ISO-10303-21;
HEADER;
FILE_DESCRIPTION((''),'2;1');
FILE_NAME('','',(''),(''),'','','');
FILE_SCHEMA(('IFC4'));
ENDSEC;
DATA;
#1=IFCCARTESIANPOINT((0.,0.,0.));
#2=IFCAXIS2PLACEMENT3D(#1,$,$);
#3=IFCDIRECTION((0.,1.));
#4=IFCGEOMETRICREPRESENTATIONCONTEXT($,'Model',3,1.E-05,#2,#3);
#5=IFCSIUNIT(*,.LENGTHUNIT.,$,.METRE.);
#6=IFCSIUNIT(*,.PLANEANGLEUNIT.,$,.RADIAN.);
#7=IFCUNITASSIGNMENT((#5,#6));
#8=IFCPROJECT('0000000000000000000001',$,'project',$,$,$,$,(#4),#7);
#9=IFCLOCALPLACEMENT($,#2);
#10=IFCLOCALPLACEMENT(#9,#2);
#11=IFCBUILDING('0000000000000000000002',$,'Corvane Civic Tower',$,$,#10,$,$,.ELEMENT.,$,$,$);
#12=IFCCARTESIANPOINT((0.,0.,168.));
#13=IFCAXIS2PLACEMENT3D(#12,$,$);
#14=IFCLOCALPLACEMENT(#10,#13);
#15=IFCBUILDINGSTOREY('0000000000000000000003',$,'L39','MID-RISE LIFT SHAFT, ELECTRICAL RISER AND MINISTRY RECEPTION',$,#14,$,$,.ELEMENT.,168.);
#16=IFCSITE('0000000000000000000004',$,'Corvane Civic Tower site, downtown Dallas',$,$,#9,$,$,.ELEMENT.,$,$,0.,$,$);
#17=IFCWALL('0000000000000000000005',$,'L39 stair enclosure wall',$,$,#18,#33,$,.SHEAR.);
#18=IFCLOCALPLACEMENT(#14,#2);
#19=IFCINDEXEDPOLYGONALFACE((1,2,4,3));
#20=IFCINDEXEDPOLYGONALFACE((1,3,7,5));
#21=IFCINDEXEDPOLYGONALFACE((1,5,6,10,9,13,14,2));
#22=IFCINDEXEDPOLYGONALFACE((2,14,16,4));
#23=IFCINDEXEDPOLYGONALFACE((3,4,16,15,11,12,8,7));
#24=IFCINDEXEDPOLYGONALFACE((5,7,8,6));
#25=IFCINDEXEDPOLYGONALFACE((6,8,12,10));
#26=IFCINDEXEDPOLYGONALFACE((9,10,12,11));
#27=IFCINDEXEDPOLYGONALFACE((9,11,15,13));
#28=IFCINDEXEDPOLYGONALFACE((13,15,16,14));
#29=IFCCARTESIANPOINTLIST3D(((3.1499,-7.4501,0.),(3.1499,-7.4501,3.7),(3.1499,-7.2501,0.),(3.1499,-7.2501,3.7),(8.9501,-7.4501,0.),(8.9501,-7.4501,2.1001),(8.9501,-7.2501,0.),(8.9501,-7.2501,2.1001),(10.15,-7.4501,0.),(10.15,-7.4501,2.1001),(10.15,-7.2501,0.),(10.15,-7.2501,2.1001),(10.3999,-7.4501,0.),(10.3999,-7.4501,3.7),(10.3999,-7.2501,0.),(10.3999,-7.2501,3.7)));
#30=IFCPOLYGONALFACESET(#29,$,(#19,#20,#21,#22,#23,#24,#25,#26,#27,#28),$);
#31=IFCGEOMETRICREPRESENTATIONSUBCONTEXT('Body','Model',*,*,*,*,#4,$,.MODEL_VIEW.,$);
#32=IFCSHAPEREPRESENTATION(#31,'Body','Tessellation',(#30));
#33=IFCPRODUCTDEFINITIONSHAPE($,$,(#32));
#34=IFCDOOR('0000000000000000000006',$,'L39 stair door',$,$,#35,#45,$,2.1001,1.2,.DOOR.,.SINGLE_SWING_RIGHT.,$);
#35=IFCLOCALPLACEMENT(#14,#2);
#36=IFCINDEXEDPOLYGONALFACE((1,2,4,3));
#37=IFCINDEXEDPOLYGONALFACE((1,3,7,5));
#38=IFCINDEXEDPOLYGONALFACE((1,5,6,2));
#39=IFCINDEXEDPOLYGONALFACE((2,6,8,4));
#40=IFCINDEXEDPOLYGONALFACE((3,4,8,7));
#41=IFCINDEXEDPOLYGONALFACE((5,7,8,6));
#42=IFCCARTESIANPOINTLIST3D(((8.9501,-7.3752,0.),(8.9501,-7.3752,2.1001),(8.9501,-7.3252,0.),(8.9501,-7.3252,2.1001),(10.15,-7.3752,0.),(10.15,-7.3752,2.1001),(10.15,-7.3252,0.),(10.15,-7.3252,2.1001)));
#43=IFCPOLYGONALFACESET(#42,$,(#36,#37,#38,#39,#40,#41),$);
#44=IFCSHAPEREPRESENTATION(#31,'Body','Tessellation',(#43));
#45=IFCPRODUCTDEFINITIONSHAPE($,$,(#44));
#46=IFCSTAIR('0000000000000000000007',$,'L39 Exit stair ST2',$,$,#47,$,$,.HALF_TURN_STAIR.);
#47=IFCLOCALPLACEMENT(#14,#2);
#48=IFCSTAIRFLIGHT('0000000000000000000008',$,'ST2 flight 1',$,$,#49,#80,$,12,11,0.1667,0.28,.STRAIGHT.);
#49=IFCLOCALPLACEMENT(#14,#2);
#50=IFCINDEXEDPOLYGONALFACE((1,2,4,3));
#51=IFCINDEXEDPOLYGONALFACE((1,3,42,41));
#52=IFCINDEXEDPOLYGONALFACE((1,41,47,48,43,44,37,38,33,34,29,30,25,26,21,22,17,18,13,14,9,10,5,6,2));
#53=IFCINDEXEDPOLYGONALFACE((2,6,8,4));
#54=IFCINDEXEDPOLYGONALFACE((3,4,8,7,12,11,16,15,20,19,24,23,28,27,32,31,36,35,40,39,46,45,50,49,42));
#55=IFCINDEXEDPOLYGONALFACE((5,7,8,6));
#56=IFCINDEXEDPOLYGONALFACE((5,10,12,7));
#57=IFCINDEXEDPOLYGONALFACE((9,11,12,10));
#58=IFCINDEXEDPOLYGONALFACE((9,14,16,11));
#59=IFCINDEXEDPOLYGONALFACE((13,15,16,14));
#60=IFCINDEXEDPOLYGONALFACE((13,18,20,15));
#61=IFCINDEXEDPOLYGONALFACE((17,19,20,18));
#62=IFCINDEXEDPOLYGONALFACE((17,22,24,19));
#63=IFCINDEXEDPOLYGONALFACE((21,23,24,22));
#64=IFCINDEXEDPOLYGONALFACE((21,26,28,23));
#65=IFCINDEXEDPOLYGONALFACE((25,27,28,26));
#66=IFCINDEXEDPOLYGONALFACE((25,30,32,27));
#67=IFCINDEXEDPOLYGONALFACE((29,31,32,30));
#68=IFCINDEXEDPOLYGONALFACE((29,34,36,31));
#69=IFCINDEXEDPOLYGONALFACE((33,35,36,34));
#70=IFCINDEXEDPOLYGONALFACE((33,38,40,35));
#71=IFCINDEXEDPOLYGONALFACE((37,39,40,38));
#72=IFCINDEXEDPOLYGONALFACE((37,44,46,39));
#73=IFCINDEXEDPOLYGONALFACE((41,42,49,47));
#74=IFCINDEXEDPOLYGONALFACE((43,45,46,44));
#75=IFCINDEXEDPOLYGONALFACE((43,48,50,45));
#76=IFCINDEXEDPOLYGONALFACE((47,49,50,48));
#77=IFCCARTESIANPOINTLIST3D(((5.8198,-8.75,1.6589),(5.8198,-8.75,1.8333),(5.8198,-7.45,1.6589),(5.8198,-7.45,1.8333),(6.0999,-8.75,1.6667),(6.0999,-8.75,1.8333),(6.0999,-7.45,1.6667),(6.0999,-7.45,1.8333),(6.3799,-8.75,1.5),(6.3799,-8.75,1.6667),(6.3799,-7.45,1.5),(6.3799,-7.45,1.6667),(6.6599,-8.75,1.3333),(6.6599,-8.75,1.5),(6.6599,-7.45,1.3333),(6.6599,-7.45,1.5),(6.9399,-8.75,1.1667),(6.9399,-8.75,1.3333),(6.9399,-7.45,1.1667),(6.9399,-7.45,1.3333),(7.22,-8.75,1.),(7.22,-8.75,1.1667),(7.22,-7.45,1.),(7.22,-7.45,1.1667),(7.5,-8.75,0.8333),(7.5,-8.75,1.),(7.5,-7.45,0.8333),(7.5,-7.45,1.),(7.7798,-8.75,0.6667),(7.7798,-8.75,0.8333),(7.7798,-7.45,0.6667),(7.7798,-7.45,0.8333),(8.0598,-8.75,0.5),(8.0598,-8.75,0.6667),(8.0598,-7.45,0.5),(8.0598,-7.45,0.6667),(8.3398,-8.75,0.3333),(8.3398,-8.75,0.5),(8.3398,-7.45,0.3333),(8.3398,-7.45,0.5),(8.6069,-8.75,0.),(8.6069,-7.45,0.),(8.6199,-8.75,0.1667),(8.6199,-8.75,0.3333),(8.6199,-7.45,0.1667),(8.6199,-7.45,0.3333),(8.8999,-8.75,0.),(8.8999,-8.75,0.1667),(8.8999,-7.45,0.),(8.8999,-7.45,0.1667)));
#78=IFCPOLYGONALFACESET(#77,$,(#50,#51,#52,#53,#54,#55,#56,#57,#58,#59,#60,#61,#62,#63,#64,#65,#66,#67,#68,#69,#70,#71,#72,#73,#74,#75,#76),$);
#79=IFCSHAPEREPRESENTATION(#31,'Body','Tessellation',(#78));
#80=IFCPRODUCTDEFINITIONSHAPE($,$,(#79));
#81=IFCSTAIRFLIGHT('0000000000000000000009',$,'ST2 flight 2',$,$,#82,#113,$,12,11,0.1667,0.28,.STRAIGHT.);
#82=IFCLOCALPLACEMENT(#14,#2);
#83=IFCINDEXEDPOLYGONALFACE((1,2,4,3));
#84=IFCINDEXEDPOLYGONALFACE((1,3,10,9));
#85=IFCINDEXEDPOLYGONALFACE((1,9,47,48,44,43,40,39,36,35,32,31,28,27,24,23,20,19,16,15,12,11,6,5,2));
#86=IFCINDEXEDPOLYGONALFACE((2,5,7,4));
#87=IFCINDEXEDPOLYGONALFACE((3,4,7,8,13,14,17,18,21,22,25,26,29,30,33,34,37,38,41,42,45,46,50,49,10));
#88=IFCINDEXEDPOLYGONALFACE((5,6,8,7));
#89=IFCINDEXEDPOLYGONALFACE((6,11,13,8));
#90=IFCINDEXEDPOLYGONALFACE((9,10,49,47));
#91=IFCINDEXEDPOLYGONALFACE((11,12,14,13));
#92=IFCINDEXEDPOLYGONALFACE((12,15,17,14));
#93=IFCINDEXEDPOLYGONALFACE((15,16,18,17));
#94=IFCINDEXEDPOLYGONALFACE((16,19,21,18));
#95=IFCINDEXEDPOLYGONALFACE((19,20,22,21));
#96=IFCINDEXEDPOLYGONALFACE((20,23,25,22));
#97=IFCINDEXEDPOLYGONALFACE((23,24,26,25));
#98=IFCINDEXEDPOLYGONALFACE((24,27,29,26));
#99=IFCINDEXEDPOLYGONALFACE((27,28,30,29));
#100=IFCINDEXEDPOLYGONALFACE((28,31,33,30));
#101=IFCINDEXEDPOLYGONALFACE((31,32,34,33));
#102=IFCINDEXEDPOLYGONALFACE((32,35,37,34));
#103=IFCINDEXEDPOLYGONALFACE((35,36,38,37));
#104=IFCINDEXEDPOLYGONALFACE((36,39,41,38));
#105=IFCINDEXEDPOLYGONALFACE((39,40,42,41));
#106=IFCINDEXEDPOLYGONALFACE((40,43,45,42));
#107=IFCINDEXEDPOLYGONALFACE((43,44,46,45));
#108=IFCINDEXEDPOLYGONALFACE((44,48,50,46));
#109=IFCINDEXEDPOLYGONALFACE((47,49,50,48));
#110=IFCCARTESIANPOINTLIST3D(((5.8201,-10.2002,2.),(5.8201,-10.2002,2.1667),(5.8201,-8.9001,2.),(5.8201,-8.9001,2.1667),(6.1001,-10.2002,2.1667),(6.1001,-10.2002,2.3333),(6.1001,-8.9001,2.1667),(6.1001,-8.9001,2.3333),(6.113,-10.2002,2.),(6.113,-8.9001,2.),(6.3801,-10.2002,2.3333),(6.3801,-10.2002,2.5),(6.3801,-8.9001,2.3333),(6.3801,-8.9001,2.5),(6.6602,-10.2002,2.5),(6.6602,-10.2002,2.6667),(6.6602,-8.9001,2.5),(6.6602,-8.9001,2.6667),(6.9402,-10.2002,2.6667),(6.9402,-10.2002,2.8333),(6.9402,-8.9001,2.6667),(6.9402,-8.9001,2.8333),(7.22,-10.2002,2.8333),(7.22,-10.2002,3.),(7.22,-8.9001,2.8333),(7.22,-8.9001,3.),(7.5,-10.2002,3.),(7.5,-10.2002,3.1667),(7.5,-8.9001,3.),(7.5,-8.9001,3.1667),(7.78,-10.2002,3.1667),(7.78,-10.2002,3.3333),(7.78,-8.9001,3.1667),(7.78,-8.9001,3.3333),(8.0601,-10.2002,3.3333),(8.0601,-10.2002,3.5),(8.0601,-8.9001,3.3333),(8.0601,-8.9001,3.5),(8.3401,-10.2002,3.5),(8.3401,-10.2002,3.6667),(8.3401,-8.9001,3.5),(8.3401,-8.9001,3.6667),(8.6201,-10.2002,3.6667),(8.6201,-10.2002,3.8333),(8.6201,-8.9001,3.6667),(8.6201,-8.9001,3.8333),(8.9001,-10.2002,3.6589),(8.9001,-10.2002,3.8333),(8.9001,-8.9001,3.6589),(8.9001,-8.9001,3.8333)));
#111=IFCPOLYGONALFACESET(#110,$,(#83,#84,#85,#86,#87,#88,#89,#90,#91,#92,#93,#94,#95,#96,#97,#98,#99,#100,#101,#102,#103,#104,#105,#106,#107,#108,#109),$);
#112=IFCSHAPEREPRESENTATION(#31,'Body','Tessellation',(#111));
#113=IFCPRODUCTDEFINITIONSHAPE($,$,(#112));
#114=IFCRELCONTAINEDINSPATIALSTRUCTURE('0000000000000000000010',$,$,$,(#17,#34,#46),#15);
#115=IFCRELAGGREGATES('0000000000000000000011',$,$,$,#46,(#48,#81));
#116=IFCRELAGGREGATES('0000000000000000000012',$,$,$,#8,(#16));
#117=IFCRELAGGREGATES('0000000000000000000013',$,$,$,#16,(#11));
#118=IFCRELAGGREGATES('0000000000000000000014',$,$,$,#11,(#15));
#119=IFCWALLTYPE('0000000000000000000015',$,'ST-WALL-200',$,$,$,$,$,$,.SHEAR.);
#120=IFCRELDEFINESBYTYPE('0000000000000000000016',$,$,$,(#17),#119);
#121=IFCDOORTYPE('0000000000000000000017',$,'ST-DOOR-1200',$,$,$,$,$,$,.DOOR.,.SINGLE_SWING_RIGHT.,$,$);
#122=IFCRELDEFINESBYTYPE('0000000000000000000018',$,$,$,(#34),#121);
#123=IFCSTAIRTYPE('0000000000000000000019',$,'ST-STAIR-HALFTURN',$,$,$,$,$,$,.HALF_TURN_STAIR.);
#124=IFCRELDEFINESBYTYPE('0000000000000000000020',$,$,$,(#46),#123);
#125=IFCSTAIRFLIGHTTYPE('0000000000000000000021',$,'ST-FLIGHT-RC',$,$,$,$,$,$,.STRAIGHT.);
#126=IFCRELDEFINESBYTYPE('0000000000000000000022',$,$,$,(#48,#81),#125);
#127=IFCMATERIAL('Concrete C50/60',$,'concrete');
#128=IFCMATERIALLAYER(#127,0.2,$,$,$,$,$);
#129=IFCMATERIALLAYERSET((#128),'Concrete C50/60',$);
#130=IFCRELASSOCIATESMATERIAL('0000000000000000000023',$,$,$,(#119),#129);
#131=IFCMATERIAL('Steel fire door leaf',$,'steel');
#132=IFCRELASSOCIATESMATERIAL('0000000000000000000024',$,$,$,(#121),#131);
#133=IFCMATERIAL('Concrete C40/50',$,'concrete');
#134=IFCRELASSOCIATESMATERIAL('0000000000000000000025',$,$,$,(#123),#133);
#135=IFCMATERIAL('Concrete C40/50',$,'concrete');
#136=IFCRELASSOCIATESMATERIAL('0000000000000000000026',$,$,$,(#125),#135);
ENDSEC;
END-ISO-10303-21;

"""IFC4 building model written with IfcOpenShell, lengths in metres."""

from ifc_helpers import new_model, si_unit, direction, frame, frame_2d, origin, place, context, subcontext, project, spatial, polyline, rectangle, outline, extrude, material, layer, layer_set, type_object, element, fill, aggregate, save


model = new_model("IFC4")

# Units and contexts
model_context = context("Model", 3, precision=1e-05, world=origin(), true_north=direction((0.0, 1.0)))
body_context = subcontext(model_context, "Body", "Model", "MODEL_VIEW")
ifc_project = project(units=[si_unit("LENGTHUNIT", "METRE"), si_unit("PLANEANGLEUNIT", "RADIAN")], contexts=[model_context])

# Site, building, storey
site_placement = place(None, origin())
site = spatial("IfcSite", under=ifc_project, at=site_placement, Name="Corvane Civic Tower site, downtown Dallas", CompositionType="ELEMENT", RefElevation=0.0)
building_placement = place(site_placement, origin())
building = spatial("IfcBuilding", under=site, at=building_placement, Name="Corvane Civic Tower", CompositionType="ELEMENT")
storey_placement = place(building_placement, frame((0.0, 0.0, 168.0)))
storey = spatial("IfcBuildingStorey", under=building, at=storey_placement, Name="L39", Description="MID-RISE LIFT SHAFT, ELECTRICAL RISER AND MINISTRY RECEPTION", CompositionType="ELEMENT", Elevation=168.0)

# Wall, opening, door
ifc_material_1 = material(Name="Concrete C50/60", Category="concrete")
ifc_layer_1 = layer(ifc_material_1, 0.2)
ifc_layer_set_1 = layer_set([ifc_layer_1], Name="Concrete C50/60")
wall_type_1 = type_object("IfcWallType", Name="ST-WALL-200", PredefinedType="SHEAR", material=ifc_layer_set_1)
wall_1_placement = place(storey_placement, frame((3.1499, -7.3501, 0.0), z_axis=(0.0, 0.0, 1.0), x_axis=(1.0, 0.0, 0.0)))
wall_1 = element("IfcWall", 1, at=wall_1_placement, inside=storey, type_object=wall_type_1, Name="L39 stair enclosure wall", PredefinedType="SHEAR", context=body_context, shape_type="SweptSolid", body=[
    extrude(rectangle(XDim=7.25, YDim=0.2, at=frame_2d((3.625, 0.0))), origin(), (0.0, 0.0, 1.0), 3.7),
])
opening_1_placement = place(wall_1_placement, frame((5.8, 0.0, 0.0)))
opening_1 = element("IfcOpeningElement", 2, at=opening_1_placement, cuts=wall_1, PredefinedType="OPENING", context=body_context, shape_type="SweptSolid", body=[
    extrude(rectangle(XDim=1.2, YDim=2.1001, at=frame_2d((0.6001, 1.05))), frame((0.0, 0.1099, 0.0), z_axis=(0.0, -1.0, 0.0), x_axis=(1.0, 0.0, 0.0)), (0.0, 0.0, 1.0), 0.22),
])
ifc_material_2 = material(Name="Steel fire door leaf", Category="steel")
door_type_1 = type_object("IfcDoorType", Name="ST-DOOR-1200", OperationType="SINGLE_SWING_RIGHT", PredefinedType="DOOR", material=ifc_material_2)
door_1_placement = place(opening_1_placement, origin())
door_1 = element("IfcDoor", 3, at=door_1_placement, inside=storey, type_object=door_type_1, Name="L39 stair door", OperationType="SINGLE_SWING_RIGHT", OverallHeight=2.1001, OverallWidth=1.2, PredefinedType="DOOR", context=body_context, shape_type="SweptSolid", body=[
    extrude(rectangle(XDim=1.2, YDim=2.1001, at=frame_2d((0.6001, 1.05))), frame((0.0, 0.0249, 0.0), z_axis=(0.0, -1.0, 0.0), x_axis=(1.0, 0.0, 0.0)), (0.0, 0.0, 1.0), 0.05),
])
fill(opening_1, door_1)

# Stair, stair flights
ifc_material_3 = material(Name="Concrete C40/50", Category="concrete")
stair_type = type_object("IfcStairType", Name="ST-STAIR-HALFTURN", PredefinedType="HALF_TURN_STAIR", material=ifc_material_3)
stair_placement = place(storey_placement, origin())
stair = element("IfcStair", 4, at=stair_placement, inside=storey, type_object=stair_type, Name="L39 Exit stair ST2", PredefinedType="HALF_TURN_STAIR")
ifc_material_4 = material(Name="Concrete C40/50", Category="concrete")
stair_flight_type = type_object("IfcStairFlightType", Name="ST-FLIGHT-RC", PredefinedType="STRAIGHT", material=ifc_material_4)
stair_flight_1_placement = place(storey_placement, frame((8.8999, -8.1001, 0.0), z_axis=(0.0, 0.0, 1.0), x_axis=(-1.0, 0.0, 0.0)))
stair_flight_1 = element("IfcStairFlight", 5, at=stair_flight_1_placement, type_object=stair_flight_type, Name="ST2 flight 1", NumberOfRisers=12, NumberOfTreads=11, PredefinedType="STRAIGHT", RiserHeight=0.1667, TreadLength=0.28, context=body_context, shape_type="SweptSolid", body=[
    extrude(outline(polyline([(0.0, 0.0), (0.0, 0.1667), (0.28, 0.1667), (0.28, 0.3333), (0.5601, 0.3333), (0.5601, 0.5), (0.8401, 0.5), (0.8401, 0.6667), (1.1201, 0.6667), (1.1201, 0.8333), (1.3999, 0.8333), (1.3999, 1.0), (1.6799, 1.0), (1.6799, 1.1667), (1.96, 1.1667), (1.96, 1.3333), (2.24, 1.3333), (2.24, 1.5), (2.52, 1.5), (2.52, 1.6667), (2.8, 1.6667), (2.8, 1.8333), (3.0801, 1.8333), (3.0801, 2.0), (3.0801, 1.6589), (0.293, 0.0), (0.0, 0.0)])), frame((0.0, 0.6499, 0.0), z_axis=(0.0, -1.0, 0.0), x_axis=(1.0, 0.0, 0.0)), (0.0, 0.0, 1.0), 1.3),
])
stair_flight_2_placement = place(storey_placement, frame((5.8201, -9.55, 2.0), z_axis=(0.0, 0.0, 1.0), x_axis=(1.0, 0.0, 0.0)))
stair_flight_2 = element("IfcStairFlight", 6, at=stair_flight_2_placement, type_object=stair_flight_type, Name="ST2 flight 2", NumberOfRisers=12, NumberOfTreads=11, PredefinedType="STRAIGHT", RiserHeight=0.1667, TreadLength=0.28, context=body_context, shape_type="SweptSolid", body=[
    extrude(outline(polyline([(0.0, 0.0), (0.0, 0.1667), (0.28, 0.1667), (0.28, 0.3333), (0.5601, 0.3333), (0.5601, 0.5), (0.8401, 0.5), (0.8401, 0.6667), (1.1201, 0.6667), (1.1201, 0.8333), (1.3999, 0.8333), (1.3999, 1.0), (1.6799, 1.0), (1.6799, 1.1667), (1.96, 1.1667), (1.96, 1.3333), (2.24, 1.3333), (2.24, 1.5), (2.52, 1.5), (2.52, 1.6667), (2.8, 1.6667), (2.8, 1.8333), (3.0801, 1.8333), (3.0801, 2.0), (3.0801, 1.6589), (0.293, 0.0), (0.0, 0.0)])), frame((0.0, 0.6499, 0.0), z_axis=(0.0, -1.0, 0.0), x_axis=(1.0, 0.0, 0.0)), (0.0, 0.0, 1.0), 1.3),
])
aggregate(stair, [stair_flight_1, stair_flight_2])

save(model, "model.ifc")
